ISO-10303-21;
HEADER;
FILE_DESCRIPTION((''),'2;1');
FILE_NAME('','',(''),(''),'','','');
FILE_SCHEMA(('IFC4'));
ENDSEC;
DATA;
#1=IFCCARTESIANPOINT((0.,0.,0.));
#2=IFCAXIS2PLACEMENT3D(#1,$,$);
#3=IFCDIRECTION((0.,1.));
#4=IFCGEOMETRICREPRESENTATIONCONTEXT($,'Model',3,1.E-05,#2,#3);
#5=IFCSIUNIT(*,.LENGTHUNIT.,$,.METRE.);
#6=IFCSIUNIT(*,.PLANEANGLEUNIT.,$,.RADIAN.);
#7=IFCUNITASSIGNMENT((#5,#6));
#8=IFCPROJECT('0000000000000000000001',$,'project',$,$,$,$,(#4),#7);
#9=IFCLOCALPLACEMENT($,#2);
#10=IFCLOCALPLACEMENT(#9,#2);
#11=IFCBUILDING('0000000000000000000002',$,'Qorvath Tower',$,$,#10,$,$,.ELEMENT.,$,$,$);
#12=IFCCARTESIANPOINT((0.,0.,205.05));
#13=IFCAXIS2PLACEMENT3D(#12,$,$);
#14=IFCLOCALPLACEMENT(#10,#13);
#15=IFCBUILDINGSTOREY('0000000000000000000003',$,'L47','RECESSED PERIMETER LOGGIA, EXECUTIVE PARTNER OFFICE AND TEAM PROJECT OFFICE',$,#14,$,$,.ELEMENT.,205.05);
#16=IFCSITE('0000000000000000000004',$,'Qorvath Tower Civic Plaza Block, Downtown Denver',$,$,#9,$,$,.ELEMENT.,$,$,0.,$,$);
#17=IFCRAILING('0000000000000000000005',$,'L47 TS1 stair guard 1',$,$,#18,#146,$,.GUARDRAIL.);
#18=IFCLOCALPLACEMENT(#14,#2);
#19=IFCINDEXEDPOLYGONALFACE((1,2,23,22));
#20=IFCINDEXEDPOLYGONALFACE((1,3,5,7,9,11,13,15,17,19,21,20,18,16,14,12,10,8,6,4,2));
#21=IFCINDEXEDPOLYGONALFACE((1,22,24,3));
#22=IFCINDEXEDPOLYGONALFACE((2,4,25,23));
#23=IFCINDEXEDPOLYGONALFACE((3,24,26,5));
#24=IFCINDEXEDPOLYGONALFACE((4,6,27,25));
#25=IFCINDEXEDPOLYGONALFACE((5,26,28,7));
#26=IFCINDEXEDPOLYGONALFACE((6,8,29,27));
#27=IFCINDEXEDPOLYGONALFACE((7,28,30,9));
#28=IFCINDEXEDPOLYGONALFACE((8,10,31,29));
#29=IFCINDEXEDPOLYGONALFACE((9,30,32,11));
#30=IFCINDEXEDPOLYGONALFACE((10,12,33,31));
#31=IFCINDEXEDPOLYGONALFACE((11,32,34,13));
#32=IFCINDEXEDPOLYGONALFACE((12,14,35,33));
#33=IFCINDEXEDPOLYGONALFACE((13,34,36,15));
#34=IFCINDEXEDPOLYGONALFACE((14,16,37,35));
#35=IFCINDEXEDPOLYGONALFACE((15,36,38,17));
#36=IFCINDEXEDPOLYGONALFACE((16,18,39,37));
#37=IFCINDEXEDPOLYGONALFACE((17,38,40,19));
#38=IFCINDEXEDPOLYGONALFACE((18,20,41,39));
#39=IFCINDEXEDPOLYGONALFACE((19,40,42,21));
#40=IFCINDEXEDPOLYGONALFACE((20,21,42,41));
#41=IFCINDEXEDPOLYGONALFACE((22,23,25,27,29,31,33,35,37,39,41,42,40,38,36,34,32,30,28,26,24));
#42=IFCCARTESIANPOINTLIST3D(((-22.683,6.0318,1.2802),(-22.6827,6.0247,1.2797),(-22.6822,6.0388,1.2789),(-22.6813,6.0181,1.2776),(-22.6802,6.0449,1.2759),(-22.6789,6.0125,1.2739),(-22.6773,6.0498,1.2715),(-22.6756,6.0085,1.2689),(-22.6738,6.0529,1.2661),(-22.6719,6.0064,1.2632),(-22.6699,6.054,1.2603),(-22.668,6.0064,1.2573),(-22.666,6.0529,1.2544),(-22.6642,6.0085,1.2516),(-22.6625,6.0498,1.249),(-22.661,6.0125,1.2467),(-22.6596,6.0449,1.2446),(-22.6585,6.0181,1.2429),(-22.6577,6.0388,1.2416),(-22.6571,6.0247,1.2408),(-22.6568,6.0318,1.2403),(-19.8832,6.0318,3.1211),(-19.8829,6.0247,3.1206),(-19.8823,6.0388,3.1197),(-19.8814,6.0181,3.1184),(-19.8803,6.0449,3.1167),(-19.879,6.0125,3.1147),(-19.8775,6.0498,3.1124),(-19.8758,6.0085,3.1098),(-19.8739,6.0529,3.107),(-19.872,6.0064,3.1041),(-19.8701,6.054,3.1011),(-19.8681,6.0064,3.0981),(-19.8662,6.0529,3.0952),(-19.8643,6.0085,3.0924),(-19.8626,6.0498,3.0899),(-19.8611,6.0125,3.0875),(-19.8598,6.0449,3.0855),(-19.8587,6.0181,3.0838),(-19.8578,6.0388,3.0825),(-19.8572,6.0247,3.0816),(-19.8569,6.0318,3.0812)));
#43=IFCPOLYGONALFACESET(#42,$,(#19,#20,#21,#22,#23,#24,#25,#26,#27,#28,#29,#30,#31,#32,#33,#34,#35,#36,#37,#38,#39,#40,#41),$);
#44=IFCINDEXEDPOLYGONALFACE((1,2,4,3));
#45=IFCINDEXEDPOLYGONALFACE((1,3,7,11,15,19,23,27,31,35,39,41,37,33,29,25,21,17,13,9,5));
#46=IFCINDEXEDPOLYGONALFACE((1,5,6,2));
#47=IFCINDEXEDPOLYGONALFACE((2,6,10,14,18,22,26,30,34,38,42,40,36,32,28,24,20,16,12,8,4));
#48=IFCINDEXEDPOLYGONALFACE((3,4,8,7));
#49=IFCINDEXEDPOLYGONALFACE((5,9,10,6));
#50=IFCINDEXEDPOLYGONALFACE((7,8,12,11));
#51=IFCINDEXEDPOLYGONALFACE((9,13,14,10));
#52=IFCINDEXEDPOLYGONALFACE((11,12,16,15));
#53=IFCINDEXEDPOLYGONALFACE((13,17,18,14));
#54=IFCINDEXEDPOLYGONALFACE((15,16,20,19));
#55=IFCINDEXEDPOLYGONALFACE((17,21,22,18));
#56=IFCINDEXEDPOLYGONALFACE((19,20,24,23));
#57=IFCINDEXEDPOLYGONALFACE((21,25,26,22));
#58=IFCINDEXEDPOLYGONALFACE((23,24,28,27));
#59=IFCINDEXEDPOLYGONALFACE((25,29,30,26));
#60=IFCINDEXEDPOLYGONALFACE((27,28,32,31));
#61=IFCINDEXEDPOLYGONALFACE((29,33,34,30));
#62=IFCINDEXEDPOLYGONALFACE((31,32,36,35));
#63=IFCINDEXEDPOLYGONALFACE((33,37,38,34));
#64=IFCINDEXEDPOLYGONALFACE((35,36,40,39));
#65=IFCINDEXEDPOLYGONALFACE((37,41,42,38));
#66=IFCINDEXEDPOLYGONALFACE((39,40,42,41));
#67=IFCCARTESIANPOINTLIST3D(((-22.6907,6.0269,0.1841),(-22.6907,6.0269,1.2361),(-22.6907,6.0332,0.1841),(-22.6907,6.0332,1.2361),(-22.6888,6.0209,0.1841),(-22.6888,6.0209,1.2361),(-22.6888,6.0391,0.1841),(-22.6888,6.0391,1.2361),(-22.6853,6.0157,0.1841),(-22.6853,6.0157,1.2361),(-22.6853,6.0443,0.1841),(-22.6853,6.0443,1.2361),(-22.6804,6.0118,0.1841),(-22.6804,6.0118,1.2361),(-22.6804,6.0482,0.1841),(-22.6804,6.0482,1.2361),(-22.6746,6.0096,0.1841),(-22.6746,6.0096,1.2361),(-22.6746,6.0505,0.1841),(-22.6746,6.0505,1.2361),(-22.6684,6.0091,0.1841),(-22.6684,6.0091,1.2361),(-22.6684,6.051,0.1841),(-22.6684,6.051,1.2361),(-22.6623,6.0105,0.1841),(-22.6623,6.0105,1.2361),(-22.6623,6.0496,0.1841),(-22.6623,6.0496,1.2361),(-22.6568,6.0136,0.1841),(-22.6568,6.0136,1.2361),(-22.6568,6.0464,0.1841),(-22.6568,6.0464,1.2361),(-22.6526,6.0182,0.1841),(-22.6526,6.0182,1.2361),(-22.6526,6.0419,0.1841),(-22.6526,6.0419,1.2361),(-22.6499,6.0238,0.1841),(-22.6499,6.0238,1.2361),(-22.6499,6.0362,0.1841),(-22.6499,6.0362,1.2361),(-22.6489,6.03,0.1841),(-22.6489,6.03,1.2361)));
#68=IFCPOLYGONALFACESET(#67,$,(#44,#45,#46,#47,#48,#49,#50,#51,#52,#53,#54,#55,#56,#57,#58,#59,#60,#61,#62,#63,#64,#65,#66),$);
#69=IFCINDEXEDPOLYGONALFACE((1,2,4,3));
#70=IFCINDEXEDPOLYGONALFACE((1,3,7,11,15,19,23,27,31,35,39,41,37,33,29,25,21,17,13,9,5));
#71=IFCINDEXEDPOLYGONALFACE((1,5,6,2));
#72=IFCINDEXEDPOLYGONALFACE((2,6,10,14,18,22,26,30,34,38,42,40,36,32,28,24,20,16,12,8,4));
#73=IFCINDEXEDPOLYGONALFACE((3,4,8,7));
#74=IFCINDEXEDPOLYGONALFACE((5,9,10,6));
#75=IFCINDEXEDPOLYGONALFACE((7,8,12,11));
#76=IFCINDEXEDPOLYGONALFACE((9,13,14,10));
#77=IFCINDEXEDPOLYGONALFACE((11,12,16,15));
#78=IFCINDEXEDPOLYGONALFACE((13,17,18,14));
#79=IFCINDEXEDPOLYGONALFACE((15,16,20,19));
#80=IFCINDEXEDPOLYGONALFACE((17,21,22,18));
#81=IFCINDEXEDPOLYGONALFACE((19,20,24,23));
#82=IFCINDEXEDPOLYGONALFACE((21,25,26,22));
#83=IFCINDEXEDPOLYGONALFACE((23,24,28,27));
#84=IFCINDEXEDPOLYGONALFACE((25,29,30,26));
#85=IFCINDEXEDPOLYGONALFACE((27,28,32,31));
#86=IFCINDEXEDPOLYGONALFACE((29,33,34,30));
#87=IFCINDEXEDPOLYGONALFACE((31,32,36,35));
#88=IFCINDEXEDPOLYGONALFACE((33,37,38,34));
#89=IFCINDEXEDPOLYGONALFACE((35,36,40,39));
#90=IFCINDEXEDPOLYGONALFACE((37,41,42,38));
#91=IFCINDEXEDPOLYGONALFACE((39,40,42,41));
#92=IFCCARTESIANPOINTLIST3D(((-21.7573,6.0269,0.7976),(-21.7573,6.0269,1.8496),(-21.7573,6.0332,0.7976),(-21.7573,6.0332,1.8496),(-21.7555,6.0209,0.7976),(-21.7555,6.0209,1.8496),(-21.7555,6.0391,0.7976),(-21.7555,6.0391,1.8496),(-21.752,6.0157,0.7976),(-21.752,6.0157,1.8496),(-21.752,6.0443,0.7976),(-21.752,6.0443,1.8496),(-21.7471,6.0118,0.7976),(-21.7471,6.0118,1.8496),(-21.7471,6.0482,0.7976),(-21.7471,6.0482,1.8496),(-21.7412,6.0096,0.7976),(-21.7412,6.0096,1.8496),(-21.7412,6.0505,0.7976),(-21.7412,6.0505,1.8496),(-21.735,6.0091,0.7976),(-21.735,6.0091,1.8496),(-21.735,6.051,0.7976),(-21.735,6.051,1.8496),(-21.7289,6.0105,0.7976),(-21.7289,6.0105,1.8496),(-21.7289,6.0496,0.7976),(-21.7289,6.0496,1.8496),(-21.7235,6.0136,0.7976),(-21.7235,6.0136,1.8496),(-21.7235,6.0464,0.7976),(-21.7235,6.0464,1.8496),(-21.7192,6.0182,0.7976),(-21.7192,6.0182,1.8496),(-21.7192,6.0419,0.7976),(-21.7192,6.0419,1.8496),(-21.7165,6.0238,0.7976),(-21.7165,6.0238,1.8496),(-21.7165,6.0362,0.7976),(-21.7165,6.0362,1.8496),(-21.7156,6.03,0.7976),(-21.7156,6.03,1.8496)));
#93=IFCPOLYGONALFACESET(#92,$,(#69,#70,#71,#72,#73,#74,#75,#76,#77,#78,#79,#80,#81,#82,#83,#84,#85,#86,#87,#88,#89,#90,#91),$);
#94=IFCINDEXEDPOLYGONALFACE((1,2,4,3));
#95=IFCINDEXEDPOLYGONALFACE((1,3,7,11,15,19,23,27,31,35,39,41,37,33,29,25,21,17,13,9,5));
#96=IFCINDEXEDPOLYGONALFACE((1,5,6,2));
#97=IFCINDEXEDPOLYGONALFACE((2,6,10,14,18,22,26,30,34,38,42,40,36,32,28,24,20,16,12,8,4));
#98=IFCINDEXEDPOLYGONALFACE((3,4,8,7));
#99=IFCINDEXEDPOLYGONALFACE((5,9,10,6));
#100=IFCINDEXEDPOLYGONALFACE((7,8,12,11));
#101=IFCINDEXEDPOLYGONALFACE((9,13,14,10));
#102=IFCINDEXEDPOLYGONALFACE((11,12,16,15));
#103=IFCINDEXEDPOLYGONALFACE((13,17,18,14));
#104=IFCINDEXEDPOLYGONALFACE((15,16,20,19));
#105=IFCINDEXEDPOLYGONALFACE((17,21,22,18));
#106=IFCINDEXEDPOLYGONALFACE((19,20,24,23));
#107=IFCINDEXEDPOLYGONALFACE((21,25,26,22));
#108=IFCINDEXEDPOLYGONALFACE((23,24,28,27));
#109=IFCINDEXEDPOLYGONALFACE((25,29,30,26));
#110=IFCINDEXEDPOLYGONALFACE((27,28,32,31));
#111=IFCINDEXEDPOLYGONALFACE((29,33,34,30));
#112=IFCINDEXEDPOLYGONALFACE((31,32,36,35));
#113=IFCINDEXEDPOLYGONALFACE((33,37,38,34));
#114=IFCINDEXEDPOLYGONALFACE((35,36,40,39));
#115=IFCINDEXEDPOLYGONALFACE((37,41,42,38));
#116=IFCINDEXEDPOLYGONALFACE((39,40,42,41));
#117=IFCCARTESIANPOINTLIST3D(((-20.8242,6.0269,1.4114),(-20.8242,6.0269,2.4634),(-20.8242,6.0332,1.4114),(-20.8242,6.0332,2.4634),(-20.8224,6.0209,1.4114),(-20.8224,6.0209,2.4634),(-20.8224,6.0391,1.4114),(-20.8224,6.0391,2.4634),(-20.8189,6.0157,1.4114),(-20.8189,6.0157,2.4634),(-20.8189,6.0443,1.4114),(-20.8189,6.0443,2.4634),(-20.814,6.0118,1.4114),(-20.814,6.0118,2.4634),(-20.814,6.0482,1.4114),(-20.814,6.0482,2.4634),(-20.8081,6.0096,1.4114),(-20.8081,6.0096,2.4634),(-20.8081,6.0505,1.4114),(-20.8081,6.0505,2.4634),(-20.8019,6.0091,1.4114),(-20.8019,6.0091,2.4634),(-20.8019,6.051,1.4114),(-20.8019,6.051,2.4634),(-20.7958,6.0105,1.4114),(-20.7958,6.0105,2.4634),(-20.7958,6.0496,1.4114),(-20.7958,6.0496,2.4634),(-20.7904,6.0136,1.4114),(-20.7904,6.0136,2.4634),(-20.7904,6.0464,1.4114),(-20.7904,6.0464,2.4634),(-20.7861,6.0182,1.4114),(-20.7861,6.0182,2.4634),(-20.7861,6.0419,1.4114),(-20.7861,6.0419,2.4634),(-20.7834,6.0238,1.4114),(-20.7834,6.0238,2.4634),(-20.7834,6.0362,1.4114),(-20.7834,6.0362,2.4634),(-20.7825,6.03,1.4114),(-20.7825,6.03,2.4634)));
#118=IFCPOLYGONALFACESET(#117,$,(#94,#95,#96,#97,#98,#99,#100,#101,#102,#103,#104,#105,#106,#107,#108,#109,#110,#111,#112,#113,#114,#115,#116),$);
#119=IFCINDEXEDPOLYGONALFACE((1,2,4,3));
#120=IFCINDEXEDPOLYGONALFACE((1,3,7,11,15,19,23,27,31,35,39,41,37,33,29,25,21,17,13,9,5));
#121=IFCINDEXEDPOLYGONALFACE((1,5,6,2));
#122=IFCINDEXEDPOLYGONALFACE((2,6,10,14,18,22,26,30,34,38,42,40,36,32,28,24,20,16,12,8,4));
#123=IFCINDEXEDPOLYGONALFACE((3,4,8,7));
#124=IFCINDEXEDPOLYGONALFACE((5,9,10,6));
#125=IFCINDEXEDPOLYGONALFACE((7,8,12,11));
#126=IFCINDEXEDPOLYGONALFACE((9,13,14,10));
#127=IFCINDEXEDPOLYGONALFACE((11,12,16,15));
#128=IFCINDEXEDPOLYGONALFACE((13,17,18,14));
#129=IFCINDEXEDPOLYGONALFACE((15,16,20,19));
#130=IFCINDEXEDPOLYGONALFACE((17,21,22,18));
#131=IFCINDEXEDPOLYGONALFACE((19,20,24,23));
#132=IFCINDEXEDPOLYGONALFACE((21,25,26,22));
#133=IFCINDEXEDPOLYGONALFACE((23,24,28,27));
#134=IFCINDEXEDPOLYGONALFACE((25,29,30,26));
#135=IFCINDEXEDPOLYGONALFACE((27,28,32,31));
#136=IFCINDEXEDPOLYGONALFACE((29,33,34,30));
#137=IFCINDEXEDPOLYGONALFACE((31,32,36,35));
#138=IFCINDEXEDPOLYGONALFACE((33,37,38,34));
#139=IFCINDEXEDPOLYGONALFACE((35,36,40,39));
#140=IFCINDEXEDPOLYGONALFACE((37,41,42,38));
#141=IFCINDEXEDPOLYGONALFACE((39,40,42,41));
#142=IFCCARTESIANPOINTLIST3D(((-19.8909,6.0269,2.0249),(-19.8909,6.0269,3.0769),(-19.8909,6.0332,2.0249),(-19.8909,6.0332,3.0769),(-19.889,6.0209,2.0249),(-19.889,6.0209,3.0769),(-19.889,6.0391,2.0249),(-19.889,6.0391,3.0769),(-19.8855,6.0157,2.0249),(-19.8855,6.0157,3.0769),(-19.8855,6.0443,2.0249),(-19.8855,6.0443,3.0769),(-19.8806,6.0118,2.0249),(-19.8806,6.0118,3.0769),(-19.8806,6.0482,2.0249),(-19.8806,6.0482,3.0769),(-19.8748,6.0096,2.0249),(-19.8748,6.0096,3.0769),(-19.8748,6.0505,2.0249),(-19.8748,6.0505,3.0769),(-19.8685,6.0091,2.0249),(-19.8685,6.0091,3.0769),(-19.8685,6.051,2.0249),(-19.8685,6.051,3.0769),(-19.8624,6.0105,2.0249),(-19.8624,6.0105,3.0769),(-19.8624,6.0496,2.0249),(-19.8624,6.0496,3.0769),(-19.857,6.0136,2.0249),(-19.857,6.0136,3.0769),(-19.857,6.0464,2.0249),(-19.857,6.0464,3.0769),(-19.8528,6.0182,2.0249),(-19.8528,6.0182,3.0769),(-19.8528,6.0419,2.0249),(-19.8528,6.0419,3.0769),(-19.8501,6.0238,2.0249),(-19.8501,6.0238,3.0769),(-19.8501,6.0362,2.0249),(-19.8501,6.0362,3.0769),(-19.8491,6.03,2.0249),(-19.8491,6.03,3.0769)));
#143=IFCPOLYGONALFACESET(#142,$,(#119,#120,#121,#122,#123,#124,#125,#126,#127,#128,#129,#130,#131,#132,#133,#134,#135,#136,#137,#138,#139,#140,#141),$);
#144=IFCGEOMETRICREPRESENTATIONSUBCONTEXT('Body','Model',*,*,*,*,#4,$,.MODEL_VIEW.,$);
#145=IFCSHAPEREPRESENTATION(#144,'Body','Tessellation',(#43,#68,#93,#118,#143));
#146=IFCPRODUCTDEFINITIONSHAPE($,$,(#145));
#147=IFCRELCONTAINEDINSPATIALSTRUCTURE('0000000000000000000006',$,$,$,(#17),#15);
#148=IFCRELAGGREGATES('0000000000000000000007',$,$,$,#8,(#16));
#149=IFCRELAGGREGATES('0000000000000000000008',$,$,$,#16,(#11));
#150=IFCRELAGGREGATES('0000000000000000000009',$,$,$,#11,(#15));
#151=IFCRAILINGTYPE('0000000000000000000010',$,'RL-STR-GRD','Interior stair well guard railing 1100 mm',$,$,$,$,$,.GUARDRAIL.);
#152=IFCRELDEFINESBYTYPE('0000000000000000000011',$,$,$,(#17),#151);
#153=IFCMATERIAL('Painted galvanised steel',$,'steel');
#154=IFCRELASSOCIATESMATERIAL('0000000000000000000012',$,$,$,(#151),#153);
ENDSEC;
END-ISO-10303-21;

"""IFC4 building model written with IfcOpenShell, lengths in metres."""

from ifc_helpers import new_model, si_unit, direction, frame, origin, origin_2d, place, context, subcontext, project, spatial, circle, extrude, material, type_object, element, save


model = new_model("IFC4")

# Units and contexts
model_context = context("Model", 3, precision=1e-05, world=origin(), true_north=direction((0.0, 1.0)))
body_context = subcontext(model_context, "Body", "Model", "MODEL_VIEW")
ifc_project = project(units=[si_unit("LENGTHUNIT", "METRE"), si_unit("PLANEANGLEUNIT", "RADIAN")], contexts=[model_context])

# Site, building, storey
site_placement = place(None, origin())
site = spatial("IfcSite", under=ifc_project, at=site_placement, Name="Qorvath Tower Civic Plaza Block, Downtown Denver", CompositionType="ELEMENT", RefElevation=0.0)
building_placement = place(site_placement, origin())
building = spatial("IfcBuilding", under=site, at=building_placement, Name="Qorvath Tower", CompositionType="ELEMENT")
storey_placement = place(building_placement, frame((0.0, 0.0, 205.05)))
storey = spatial("IfcBuildingStorey", under=building, at=storey_placement, Name="L47", Description="RECESSED PERIMETER LOGGIA, EXECUTIVE PARTNER OFFICE AND TEAM PROJECT OFFICE", CompositionType="ELEMENT", Elevation=205.05)

# Railing
ifc_material_1 = material(Name="Painted galvanised steel", Category="steel")
railing_type_1 = type_object("IfcRailingType", Name="RL-STR-GRD", Description="Interior stair well guard railing 1100 mm", PredefinedType="GUARDRAIL", material=ifc_material_1)
railing_1_placement = place(storey_placement, frame((-22.6699, 6.03, 0.1841)))
element("IfcRailing", 1, at=railing_1_placement, inside=storey, type_object=railing_type_1, Name="L47 TS1 stair guard 1", PredefinedType="GUARDRAIL", context=body_context, shape_type="SweptSolid", body=[
    extrude(circle(Radius=0.0239, at=origin_2d()), frame((0.0, 0.0, 1.0762), z_axis=(0.835576, 0.0, 0.549376), x_axis=(0.0, 1.0, 0.0)), (0.0, 0.0, 1.0), 3.3508),
    extrude(circle(Radius=0.021, at=origin_2d()), origin(), (0.0, 0.0, 1.0), 1.052),
    extrude(circle(Radius=0.021, at=origin_2d()), frame((0.9333, 0.0, 0.6135)), (0.0, 0.0, 1.0), 1.052),
    extrude(circle(Radius=0.021, at=origin_2d()), frame((1.8665, 0.0, 1.2273)), (0.0, 0.0, 1.0), 1.052),
    extrude(circle(Radius=0.021, at=origin_2d()), frame((2.7998, 0.0, 1.8408)), (0.0, 0.0, 1.0), 1.052),
])

save(model, "model.ifc")
